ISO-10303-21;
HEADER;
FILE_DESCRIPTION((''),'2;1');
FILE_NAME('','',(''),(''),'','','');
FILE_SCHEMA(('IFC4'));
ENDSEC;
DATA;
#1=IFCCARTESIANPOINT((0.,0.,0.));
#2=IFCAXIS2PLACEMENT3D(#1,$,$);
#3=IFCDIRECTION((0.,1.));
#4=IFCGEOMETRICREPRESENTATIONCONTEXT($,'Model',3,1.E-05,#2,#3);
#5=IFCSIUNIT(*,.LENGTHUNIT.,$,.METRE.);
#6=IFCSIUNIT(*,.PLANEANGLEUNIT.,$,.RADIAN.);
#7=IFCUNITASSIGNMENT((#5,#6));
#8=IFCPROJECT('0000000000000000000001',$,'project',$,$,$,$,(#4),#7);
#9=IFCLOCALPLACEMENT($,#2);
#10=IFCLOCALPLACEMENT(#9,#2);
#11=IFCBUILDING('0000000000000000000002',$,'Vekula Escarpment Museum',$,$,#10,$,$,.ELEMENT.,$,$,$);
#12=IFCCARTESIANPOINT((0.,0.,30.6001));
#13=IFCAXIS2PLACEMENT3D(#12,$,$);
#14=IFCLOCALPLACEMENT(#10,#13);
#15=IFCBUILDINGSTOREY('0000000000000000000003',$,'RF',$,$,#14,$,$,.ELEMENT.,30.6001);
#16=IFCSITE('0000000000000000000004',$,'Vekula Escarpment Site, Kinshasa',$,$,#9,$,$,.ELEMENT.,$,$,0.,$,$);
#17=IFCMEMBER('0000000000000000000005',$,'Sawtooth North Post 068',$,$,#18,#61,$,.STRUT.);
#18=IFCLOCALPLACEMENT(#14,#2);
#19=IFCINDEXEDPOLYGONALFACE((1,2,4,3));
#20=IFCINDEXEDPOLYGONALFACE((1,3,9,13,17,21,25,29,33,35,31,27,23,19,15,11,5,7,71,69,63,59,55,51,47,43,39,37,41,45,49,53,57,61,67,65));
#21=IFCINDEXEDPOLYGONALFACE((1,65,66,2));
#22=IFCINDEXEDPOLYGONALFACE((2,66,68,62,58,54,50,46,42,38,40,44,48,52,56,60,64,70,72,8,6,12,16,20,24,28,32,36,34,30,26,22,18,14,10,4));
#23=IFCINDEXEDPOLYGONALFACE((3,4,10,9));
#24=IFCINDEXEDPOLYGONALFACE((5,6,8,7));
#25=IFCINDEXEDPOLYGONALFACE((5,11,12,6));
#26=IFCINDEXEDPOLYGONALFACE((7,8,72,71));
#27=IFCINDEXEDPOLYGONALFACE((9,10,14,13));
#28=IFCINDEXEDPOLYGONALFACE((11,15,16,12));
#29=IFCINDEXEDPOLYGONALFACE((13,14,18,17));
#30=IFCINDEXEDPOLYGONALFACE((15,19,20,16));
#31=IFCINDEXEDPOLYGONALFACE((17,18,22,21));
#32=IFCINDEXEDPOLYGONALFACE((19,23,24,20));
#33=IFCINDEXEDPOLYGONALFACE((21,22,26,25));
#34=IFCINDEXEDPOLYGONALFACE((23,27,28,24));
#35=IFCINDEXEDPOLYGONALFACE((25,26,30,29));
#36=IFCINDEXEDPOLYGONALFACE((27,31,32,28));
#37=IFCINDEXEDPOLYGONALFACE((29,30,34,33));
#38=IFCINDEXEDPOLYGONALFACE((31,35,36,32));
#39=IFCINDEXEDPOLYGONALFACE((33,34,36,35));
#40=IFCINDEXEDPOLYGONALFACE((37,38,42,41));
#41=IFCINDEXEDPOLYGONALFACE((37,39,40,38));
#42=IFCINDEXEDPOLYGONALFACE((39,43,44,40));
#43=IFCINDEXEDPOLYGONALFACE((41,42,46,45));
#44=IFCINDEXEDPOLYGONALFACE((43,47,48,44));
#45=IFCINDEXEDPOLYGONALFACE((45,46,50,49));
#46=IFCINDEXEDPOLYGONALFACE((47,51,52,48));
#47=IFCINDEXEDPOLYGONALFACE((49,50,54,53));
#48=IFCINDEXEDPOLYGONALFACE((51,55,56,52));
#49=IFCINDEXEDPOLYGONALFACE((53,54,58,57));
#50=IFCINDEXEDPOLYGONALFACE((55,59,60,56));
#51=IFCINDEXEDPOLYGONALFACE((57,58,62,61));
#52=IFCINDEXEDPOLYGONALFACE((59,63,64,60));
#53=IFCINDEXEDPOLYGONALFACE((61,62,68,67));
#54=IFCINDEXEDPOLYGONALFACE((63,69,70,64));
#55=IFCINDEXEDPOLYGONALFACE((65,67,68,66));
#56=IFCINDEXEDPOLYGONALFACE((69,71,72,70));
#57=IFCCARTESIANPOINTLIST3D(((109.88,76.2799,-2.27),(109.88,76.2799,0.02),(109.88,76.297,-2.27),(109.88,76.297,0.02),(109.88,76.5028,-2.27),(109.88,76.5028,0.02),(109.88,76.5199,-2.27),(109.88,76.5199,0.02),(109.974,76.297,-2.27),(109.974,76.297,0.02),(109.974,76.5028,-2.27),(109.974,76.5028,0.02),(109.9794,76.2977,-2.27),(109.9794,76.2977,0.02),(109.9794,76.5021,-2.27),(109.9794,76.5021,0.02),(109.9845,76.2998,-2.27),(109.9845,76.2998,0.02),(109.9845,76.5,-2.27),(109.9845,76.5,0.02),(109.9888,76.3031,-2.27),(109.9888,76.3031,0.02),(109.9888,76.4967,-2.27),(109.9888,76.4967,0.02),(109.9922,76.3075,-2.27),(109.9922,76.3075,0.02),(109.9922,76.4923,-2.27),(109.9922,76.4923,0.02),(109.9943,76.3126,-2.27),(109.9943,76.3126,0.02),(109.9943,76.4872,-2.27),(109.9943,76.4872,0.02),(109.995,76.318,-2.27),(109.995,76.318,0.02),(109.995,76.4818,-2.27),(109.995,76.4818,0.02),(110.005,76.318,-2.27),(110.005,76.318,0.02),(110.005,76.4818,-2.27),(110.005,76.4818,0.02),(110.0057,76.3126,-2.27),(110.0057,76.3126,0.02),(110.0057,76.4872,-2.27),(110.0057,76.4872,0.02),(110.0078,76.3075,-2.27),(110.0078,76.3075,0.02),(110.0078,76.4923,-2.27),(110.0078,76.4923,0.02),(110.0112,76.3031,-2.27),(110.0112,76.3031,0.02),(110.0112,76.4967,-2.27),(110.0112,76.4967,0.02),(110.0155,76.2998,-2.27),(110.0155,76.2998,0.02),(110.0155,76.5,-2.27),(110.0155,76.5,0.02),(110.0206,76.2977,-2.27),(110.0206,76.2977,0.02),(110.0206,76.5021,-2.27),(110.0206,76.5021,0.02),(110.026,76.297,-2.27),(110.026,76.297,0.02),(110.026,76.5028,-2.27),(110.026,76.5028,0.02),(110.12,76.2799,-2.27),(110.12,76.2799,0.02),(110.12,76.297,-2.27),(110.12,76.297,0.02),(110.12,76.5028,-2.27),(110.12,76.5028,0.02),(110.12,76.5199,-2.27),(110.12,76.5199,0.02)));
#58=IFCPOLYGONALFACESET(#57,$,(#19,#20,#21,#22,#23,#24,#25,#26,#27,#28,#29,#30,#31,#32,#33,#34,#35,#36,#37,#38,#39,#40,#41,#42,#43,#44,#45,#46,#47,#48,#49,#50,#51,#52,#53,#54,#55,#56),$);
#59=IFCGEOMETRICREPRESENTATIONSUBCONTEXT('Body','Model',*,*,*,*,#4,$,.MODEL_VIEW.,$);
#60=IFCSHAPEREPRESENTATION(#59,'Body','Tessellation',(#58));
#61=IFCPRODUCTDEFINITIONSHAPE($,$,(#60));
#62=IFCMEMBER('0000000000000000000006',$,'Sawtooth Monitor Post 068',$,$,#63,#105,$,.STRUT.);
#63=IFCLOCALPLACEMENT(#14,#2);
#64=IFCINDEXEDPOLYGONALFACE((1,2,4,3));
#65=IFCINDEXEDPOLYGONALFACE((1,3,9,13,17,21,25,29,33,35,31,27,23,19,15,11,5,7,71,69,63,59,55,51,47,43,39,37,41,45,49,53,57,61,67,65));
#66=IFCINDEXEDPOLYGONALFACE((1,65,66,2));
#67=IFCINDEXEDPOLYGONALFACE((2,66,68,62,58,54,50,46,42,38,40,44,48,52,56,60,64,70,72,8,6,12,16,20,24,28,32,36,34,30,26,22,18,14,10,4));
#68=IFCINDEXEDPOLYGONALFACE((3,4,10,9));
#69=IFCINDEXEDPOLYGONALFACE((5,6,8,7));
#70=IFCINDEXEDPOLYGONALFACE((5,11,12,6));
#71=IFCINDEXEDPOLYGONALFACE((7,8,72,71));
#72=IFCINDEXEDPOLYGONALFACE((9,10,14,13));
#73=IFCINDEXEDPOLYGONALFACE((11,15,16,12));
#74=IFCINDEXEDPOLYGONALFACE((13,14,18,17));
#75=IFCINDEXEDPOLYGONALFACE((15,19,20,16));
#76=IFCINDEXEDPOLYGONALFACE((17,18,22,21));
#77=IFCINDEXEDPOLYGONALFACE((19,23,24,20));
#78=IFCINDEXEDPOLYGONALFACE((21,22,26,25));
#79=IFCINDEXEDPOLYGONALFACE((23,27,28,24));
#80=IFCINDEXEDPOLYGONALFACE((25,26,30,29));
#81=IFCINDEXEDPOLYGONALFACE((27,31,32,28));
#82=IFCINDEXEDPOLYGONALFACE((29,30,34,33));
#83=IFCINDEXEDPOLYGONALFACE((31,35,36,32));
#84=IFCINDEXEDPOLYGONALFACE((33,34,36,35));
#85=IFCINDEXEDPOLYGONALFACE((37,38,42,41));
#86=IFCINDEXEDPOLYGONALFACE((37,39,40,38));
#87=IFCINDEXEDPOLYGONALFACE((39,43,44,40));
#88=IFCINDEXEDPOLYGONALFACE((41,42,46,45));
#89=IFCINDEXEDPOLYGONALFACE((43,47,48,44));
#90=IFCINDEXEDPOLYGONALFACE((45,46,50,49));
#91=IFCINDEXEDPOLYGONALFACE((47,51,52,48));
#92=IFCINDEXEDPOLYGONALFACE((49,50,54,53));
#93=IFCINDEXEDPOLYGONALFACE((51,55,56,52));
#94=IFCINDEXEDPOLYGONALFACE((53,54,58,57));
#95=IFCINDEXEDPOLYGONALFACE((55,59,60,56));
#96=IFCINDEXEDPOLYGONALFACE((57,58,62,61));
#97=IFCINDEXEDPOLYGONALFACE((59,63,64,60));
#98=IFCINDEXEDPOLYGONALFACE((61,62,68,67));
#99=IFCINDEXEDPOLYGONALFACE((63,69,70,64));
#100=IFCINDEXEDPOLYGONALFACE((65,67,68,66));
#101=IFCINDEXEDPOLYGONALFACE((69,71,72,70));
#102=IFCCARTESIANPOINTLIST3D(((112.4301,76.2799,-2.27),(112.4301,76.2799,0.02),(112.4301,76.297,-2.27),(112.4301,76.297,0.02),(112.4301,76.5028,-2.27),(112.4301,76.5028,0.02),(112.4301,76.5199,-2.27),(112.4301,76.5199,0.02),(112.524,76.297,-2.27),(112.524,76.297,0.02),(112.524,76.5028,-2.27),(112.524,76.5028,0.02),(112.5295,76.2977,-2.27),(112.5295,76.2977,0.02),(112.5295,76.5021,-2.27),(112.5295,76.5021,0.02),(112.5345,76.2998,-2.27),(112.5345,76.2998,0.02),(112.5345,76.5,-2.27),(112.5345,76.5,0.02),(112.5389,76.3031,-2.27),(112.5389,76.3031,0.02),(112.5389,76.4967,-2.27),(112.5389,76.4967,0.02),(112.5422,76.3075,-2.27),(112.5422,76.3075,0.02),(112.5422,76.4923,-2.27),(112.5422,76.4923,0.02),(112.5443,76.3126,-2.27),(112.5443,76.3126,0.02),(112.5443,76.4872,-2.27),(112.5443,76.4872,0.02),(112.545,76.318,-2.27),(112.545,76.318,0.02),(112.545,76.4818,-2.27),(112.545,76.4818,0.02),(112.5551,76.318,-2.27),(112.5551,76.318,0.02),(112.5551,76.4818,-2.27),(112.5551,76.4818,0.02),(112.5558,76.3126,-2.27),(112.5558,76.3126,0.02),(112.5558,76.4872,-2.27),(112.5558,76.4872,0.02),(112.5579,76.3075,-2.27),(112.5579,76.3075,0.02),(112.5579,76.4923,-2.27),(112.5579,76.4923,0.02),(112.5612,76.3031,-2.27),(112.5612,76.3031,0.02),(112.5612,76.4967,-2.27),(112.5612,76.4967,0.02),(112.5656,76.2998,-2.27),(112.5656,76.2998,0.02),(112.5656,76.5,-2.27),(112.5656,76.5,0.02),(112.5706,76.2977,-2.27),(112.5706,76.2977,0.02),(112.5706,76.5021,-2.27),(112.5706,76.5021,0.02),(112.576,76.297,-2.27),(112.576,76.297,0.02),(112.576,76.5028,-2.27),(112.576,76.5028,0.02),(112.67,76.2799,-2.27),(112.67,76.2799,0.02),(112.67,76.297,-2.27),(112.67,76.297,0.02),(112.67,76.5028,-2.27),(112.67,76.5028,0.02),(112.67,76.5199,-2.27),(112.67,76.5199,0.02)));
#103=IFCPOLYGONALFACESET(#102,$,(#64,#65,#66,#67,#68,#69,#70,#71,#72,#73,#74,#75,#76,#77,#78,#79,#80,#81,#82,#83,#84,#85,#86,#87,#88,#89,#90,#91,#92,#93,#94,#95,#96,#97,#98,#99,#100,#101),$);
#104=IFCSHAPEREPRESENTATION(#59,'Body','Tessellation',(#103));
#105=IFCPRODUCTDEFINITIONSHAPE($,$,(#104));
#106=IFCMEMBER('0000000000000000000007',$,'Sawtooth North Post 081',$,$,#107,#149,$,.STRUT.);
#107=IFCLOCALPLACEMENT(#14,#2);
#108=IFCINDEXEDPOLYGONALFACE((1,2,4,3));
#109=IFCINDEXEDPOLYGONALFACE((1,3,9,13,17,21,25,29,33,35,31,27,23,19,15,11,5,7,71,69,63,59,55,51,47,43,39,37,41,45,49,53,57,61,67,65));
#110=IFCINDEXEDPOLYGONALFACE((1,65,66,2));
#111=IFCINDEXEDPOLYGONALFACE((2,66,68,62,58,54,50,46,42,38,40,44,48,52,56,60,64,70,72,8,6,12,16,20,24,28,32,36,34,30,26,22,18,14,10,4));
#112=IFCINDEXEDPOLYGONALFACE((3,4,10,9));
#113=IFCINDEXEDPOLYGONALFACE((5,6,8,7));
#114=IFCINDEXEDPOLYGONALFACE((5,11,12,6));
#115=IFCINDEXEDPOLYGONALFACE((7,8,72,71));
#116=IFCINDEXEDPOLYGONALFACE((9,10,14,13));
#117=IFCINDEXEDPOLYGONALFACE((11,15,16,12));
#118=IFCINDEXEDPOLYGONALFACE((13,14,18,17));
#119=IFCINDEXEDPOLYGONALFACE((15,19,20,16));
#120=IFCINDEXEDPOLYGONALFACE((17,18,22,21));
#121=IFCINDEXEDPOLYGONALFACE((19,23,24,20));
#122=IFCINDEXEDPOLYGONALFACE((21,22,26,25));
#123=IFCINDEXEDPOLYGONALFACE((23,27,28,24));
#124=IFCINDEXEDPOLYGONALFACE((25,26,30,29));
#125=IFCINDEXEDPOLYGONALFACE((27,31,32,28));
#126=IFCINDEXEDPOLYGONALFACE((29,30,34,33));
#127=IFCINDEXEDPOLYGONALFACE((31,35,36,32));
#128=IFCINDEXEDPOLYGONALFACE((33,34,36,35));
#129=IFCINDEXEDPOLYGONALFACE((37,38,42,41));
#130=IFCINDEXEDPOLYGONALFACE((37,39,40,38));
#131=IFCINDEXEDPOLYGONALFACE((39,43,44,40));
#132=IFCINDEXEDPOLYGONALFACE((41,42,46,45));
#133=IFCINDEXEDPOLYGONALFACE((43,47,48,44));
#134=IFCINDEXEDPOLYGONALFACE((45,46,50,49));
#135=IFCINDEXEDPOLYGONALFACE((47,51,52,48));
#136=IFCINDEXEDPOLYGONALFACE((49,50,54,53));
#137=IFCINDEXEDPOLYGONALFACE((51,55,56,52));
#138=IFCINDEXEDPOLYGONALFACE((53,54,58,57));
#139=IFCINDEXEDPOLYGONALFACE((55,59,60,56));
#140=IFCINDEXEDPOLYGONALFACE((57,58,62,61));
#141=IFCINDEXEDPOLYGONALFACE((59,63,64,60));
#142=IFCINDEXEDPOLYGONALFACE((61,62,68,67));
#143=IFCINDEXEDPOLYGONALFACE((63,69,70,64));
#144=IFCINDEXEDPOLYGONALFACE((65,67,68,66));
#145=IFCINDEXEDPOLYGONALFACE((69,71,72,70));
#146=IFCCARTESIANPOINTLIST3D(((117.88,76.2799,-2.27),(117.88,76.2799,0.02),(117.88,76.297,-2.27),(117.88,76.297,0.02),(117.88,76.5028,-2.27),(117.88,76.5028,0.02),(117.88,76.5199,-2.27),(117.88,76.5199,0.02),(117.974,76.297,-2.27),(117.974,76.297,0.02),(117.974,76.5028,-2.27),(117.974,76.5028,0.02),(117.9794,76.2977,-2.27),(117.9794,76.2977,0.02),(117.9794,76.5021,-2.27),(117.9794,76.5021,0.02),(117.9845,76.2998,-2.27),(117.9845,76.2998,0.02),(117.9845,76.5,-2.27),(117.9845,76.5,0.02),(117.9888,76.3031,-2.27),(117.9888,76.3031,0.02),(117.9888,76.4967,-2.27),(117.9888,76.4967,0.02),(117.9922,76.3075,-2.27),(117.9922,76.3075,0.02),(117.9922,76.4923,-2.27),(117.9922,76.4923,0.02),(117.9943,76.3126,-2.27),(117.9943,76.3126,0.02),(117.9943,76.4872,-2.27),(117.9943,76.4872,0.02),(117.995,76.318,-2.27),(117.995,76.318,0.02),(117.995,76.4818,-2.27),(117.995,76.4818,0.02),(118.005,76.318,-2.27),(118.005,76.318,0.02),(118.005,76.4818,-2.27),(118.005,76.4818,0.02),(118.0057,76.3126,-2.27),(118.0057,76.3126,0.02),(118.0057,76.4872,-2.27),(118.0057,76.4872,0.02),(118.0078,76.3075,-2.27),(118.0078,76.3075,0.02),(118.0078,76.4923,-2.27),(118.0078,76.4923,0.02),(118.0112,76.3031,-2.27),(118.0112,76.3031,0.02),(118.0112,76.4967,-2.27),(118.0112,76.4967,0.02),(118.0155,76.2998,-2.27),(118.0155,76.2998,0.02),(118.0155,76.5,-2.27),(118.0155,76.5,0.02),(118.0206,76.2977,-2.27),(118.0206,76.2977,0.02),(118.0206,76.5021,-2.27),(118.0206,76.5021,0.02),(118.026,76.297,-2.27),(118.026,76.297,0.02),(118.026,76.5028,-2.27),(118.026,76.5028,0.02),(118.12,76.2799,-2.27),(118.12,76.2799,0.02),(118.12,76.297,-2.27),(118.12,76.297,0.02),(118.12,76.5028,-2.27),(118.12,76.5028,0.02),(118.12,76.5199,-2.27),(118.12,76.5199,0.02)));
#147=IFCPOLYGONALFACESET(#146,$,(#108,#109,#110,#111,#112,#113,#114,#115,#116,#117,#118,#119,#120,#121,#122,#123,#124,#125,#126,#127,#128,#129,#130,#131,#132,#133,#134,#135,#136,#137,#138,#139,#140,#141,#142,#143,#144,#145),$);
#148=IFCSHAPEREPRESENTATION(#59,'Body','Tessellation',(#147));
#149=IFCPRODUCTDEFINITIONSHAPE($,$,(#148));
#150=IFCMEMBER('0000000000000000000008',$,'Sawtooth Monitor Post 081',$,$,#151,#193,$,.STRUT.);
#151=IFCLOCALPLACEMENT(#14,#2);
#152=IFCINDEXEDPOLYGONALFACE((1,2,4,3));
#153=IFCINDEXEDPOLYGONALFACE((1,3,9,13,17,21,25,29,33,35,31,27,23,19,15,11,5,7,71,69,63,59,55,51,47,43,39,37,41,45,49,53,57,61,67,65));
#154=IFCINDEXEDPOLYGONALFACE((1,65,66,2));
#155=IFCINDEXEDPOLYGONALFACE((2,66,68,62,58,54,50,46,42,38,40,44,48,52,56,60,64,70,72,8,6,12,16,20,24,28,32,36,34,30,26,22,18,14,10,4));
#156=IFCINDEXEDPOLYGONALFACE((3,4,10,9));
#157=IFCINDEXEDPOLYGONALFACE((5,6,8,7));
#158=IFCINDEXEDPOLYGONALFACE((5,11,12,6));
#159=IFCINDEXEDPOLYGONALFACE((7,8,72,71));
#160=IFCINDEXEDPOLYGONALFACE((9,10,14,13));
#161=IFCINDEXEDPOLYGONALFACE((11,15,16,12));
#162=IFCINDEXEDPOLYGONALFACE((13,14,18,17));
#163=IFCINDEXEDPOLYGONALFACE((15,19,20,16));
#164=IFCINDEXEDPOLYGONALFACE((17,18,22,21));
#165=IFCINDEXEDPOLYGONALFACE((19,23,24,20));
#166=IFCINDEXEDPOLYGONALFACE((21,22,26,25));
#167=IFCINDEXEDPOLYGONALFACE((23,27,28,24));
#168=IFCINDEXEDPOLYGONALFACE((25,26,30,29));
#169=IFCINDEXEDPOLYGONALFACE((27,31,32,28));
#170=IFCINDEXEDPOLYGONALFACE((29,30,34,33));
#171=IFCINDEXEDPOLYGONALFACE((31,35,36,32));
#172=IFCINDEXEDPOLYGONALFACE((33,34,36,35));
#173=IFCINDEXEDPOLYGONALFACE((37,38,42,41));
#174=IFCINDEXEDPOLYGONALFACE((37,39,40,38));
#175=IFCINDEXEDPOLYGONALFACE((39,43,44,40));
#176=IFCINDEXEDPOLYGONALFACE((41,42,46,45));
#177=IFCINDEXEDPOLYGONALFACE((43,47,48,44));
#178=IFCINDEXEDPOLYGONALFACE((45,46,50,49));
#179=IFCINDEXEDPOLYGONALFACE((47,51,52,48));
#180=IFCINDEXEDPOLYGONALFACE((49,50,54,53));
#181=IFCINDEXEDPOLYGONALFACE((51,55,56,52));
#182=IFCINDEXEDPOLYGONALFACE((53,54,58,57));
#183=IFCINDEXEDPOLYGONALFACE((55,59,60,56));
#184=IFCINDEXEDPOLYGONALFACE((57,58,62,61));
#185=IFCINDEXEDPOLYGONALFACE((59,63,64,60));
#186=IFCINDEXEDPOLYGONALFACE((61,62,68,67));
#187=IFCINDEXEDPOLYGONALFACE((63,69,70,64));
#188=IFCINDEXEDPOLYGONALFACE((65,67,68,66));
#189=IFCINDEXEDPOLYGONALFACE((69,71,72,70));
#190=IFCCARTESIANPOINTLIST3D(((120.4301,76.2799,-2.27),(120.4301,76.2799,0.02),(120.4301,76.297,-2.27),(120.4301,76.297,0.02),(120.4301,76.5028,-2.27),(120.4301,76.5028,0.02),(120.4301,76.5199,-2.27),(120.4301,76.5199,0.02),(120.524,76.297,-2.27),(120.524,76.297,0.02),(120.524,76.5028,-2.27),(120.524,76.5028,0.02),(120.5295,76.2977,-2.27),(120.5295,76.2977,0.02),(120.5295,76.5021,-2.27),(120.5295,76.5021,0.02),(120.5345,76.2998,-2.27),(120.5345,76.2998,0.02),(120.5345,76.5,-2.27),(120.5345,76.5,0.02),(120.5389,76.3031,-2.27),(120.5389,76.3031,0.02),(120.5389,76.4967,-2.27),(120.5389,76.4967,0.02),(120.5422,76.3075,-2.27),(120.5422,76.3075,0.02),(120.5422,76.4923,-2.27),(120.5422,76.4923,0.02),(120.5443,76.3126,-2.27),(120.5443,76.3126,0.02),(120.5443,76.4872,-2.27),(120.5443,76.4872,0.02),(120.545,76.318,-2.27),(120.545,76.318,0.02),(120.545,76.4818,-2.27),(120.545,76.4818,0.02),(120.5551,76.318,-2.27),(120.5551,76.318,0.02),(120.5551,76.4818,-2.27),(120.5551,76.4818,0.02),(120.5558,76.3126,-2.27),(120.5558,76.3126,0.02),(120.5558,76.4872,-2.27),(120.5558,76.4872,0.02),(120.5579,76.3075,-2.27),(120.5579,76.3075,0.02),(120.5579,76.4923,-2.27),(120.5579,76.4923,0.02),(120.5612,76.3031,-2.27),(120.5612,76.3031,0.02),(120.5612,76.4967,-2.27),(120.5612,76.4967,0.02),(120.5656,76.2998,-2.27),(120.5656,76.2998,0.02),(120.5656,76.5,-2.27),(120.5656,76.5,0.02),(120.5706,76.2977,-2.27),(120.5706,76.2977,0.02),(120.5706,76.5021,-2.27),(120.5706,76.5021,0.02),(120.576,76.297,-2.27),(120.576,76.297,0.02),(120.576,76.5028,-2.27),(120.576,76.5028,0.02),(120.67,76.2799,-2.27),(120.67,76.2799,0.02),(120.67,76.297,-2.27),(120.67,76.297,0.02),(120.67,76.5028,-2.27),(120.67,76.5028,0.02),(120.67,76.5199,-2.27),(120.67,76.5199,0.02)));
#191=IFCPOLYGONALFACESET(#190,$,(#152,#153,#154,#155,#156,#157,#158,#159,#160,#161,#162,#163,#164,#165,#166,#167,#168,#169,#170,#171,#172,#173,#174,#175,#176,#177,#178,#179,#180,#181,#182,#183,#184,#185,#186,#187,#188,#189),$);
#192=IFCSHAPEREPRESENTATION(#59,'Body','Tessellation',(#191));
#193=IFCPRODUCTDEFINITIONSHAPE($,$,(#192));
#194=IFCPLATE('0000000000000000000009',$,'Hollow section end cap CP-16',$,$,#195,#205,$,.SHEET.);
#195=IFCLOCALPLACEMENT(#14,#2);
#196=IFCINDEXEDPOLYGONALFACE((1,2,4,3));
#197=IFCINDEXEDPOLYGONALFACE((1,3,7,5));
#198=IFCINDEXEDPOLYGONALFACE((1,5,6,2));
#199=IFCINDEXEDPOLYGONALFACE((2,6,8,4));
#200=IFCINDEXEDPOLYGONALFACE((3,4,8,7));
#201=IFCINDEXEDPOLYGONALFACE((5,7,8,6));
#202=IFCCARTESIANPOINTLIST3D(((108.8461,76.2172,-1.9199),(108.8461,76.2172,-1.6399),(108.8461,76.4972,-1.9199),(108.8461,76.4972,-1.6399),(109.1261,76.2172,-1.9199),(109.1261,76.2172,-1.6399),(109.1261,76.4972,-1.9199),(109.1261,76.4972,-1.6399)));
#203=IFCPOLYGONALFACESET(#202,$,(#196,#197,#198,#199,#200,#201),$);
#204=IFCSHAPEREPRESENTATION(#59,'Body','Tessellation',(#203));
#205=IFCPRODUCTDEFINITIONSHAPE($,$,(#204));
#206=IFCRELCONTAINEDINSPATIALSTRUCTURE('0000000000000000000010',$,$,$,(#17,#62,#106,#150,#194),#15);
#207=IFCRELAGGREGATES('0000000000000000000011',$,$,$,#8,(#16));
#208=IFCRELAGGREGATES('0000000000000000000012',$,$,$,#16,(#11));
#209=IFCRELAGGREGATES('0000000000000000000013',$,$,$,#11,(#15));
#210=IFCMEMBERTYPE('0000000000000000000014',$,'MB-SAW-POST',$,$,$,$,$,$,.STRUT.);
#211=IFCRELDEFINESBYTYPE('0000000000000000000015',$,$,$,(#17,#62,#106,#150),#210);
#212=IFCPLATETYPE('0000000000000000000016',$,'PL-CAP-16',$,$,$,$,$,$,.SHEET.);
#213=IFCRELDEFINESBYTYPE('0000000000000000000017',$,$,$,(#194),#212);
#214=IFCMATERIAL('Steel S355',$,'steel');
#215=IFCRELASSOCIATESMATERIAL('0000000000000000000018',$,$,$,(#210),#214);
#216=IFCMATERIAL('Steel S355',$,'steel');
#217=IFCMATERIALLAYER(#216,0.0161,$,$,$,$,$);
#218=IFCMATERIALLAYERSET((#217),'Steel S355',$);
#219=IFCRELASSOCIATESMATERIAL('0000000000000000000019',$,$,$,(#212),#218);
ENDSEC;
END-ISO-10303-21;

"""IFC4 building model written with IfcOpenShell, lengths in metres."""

from ifc_helpers import new_model, si_unit, direction, frame, origin, origin_2d, place, context, subcontext, project, spatial, rectangle, i_section, extrude, material, layer, layer_set, material_profile, profile_set, type_object, element, save


model = new_model("IFC4")

# Units and contexts
model_context = context("Model", 3, precision=1e-05, world=origin(), true_north=direction((0.0, 1.0)))
body_context = subcontext(model_context, "Body", "Model", "MODEL_VIEW")
ifc_project = project(units=[si_unit("LENGTHUNIT", "METRE"), si_unit("PLANEANGLEUNIT", "RADIAN")], contexts=[model_context])

# Site, building, storey
site_placement = place(None, origin())
site = spatial("IfcSite", under=ifc_project, at=site_placement, Name="Vekula Escarpment Site, Kinshasa", CompositionType="ELEMENT", RefElevation=0.0)
building_placement = place(site_placement, origin())
building = spatial("IfcBuilding", under=site, at=building_placement, Name="Vekula Escarpment Museum", CompositionType="ELEMENT")
storey_placement = place(building_placement, frame((0.0, 0.0, 30.6001)))
storey = spatial("IfcBuildingStorey", under=building, at=storey_placement, Name="RF", CompositionType="ELEMENT", Elevation=30.6001)

# Members
ifc_material_1 = material(Name="Steel S355", Category="steel")
ifc_material_profile_1 = material_profile(ifc_material_1, i_section(OverallWidth=0.24, OverallDepth=0.24, WebThickness=0.01, FlangeThickness=0.0171, FilletRadius=0.021, at=origin_2d()), Name="HEB 240")
ifc_profile_set_1 = profile_set([ifc_material_profile_1], Name="Steel S355")
member_type_1 = type_object("IfcMemberType", Name="MB-SAW-POST", PredefinedType="STRUT", material=ifc_profile_set_1)
for number, where, z_axis, x_axis, name in (
    (1, (110.0, 76.3999, -2.27), (0.0, 0.0, 1.0), (1.0, 0.0, 0.0), "Sawtooth North Post 068"),
    (2, (112.55, 76.3999, -2.27), (0.0, 0.0, 1.0), (1.0, 0.0, 0.0), "Sawtooth Monitor Post 068"),
    (3, (118.0, 76.3999, -2.27), (0.0, 0.0, 1.0), (1.0, 0.0, 0.0), "Sawtooth North Post 081"),
    (4, (120.55, 76.3999, -2.27), (0.0, 0.0, 1.0), (1.0, 0.0, 0.0), "Sawtooth Monitor Post 081"),
):
    element("IfcMember", number, at=place(storey_placement, frame(where, z_axis=z_axis, x_axis=x_axis)), inside=storey, type_object=member_type_1, Name=name, PredefinedType="STRUT", context=body_context, shape_type="SweptSolid", body=[
        extrude(i_section(OverallWidth=0.24, OverallDepth=0.24, WebThickness=0.01, FlangeThickness=0.0171, FilletRadius=0.021, at=origin_2d()), origin(), (0.0, 0.0, 1.0), 2.29),
    ])

# Plate
ifc_material_2 = material(Name="Steel S355", Category="steel")
ifc_layer = layer(ifc_material_2, 0.0161)
ifc_layer_set = layer_set([ifc_layer], Name="Steel S355")
plate_type = type_object("IfcPlateType", Name="PL-CAP-16", PredefinedType="SHEET", material=ifc_layer_set)
for number, where, z_axis, x_axis, name in (
    (5, (108.9861, 76.3572, -1.9199), (0.0, 0.0, 1.0), (1.0, 0.0, 0.0), "Hollow section end cap CP-16"),
):
    element("IfcPlate", number, at=place(storey_placement, frame(where, z_axis=z_axis, x_axis=x_axis)), inside=storey, type_object=plate_type, Name=name, PredefinedType="SHEET", context=body_context, shape_type="SweptSolid", body=[
        extrude(rectangle(XDim=0.28, YDim=0.28, at=origin_2d()), origin(), (0.0, 0.0, 1.0), 0.28),
    ])

save(model, "model.ifc")
